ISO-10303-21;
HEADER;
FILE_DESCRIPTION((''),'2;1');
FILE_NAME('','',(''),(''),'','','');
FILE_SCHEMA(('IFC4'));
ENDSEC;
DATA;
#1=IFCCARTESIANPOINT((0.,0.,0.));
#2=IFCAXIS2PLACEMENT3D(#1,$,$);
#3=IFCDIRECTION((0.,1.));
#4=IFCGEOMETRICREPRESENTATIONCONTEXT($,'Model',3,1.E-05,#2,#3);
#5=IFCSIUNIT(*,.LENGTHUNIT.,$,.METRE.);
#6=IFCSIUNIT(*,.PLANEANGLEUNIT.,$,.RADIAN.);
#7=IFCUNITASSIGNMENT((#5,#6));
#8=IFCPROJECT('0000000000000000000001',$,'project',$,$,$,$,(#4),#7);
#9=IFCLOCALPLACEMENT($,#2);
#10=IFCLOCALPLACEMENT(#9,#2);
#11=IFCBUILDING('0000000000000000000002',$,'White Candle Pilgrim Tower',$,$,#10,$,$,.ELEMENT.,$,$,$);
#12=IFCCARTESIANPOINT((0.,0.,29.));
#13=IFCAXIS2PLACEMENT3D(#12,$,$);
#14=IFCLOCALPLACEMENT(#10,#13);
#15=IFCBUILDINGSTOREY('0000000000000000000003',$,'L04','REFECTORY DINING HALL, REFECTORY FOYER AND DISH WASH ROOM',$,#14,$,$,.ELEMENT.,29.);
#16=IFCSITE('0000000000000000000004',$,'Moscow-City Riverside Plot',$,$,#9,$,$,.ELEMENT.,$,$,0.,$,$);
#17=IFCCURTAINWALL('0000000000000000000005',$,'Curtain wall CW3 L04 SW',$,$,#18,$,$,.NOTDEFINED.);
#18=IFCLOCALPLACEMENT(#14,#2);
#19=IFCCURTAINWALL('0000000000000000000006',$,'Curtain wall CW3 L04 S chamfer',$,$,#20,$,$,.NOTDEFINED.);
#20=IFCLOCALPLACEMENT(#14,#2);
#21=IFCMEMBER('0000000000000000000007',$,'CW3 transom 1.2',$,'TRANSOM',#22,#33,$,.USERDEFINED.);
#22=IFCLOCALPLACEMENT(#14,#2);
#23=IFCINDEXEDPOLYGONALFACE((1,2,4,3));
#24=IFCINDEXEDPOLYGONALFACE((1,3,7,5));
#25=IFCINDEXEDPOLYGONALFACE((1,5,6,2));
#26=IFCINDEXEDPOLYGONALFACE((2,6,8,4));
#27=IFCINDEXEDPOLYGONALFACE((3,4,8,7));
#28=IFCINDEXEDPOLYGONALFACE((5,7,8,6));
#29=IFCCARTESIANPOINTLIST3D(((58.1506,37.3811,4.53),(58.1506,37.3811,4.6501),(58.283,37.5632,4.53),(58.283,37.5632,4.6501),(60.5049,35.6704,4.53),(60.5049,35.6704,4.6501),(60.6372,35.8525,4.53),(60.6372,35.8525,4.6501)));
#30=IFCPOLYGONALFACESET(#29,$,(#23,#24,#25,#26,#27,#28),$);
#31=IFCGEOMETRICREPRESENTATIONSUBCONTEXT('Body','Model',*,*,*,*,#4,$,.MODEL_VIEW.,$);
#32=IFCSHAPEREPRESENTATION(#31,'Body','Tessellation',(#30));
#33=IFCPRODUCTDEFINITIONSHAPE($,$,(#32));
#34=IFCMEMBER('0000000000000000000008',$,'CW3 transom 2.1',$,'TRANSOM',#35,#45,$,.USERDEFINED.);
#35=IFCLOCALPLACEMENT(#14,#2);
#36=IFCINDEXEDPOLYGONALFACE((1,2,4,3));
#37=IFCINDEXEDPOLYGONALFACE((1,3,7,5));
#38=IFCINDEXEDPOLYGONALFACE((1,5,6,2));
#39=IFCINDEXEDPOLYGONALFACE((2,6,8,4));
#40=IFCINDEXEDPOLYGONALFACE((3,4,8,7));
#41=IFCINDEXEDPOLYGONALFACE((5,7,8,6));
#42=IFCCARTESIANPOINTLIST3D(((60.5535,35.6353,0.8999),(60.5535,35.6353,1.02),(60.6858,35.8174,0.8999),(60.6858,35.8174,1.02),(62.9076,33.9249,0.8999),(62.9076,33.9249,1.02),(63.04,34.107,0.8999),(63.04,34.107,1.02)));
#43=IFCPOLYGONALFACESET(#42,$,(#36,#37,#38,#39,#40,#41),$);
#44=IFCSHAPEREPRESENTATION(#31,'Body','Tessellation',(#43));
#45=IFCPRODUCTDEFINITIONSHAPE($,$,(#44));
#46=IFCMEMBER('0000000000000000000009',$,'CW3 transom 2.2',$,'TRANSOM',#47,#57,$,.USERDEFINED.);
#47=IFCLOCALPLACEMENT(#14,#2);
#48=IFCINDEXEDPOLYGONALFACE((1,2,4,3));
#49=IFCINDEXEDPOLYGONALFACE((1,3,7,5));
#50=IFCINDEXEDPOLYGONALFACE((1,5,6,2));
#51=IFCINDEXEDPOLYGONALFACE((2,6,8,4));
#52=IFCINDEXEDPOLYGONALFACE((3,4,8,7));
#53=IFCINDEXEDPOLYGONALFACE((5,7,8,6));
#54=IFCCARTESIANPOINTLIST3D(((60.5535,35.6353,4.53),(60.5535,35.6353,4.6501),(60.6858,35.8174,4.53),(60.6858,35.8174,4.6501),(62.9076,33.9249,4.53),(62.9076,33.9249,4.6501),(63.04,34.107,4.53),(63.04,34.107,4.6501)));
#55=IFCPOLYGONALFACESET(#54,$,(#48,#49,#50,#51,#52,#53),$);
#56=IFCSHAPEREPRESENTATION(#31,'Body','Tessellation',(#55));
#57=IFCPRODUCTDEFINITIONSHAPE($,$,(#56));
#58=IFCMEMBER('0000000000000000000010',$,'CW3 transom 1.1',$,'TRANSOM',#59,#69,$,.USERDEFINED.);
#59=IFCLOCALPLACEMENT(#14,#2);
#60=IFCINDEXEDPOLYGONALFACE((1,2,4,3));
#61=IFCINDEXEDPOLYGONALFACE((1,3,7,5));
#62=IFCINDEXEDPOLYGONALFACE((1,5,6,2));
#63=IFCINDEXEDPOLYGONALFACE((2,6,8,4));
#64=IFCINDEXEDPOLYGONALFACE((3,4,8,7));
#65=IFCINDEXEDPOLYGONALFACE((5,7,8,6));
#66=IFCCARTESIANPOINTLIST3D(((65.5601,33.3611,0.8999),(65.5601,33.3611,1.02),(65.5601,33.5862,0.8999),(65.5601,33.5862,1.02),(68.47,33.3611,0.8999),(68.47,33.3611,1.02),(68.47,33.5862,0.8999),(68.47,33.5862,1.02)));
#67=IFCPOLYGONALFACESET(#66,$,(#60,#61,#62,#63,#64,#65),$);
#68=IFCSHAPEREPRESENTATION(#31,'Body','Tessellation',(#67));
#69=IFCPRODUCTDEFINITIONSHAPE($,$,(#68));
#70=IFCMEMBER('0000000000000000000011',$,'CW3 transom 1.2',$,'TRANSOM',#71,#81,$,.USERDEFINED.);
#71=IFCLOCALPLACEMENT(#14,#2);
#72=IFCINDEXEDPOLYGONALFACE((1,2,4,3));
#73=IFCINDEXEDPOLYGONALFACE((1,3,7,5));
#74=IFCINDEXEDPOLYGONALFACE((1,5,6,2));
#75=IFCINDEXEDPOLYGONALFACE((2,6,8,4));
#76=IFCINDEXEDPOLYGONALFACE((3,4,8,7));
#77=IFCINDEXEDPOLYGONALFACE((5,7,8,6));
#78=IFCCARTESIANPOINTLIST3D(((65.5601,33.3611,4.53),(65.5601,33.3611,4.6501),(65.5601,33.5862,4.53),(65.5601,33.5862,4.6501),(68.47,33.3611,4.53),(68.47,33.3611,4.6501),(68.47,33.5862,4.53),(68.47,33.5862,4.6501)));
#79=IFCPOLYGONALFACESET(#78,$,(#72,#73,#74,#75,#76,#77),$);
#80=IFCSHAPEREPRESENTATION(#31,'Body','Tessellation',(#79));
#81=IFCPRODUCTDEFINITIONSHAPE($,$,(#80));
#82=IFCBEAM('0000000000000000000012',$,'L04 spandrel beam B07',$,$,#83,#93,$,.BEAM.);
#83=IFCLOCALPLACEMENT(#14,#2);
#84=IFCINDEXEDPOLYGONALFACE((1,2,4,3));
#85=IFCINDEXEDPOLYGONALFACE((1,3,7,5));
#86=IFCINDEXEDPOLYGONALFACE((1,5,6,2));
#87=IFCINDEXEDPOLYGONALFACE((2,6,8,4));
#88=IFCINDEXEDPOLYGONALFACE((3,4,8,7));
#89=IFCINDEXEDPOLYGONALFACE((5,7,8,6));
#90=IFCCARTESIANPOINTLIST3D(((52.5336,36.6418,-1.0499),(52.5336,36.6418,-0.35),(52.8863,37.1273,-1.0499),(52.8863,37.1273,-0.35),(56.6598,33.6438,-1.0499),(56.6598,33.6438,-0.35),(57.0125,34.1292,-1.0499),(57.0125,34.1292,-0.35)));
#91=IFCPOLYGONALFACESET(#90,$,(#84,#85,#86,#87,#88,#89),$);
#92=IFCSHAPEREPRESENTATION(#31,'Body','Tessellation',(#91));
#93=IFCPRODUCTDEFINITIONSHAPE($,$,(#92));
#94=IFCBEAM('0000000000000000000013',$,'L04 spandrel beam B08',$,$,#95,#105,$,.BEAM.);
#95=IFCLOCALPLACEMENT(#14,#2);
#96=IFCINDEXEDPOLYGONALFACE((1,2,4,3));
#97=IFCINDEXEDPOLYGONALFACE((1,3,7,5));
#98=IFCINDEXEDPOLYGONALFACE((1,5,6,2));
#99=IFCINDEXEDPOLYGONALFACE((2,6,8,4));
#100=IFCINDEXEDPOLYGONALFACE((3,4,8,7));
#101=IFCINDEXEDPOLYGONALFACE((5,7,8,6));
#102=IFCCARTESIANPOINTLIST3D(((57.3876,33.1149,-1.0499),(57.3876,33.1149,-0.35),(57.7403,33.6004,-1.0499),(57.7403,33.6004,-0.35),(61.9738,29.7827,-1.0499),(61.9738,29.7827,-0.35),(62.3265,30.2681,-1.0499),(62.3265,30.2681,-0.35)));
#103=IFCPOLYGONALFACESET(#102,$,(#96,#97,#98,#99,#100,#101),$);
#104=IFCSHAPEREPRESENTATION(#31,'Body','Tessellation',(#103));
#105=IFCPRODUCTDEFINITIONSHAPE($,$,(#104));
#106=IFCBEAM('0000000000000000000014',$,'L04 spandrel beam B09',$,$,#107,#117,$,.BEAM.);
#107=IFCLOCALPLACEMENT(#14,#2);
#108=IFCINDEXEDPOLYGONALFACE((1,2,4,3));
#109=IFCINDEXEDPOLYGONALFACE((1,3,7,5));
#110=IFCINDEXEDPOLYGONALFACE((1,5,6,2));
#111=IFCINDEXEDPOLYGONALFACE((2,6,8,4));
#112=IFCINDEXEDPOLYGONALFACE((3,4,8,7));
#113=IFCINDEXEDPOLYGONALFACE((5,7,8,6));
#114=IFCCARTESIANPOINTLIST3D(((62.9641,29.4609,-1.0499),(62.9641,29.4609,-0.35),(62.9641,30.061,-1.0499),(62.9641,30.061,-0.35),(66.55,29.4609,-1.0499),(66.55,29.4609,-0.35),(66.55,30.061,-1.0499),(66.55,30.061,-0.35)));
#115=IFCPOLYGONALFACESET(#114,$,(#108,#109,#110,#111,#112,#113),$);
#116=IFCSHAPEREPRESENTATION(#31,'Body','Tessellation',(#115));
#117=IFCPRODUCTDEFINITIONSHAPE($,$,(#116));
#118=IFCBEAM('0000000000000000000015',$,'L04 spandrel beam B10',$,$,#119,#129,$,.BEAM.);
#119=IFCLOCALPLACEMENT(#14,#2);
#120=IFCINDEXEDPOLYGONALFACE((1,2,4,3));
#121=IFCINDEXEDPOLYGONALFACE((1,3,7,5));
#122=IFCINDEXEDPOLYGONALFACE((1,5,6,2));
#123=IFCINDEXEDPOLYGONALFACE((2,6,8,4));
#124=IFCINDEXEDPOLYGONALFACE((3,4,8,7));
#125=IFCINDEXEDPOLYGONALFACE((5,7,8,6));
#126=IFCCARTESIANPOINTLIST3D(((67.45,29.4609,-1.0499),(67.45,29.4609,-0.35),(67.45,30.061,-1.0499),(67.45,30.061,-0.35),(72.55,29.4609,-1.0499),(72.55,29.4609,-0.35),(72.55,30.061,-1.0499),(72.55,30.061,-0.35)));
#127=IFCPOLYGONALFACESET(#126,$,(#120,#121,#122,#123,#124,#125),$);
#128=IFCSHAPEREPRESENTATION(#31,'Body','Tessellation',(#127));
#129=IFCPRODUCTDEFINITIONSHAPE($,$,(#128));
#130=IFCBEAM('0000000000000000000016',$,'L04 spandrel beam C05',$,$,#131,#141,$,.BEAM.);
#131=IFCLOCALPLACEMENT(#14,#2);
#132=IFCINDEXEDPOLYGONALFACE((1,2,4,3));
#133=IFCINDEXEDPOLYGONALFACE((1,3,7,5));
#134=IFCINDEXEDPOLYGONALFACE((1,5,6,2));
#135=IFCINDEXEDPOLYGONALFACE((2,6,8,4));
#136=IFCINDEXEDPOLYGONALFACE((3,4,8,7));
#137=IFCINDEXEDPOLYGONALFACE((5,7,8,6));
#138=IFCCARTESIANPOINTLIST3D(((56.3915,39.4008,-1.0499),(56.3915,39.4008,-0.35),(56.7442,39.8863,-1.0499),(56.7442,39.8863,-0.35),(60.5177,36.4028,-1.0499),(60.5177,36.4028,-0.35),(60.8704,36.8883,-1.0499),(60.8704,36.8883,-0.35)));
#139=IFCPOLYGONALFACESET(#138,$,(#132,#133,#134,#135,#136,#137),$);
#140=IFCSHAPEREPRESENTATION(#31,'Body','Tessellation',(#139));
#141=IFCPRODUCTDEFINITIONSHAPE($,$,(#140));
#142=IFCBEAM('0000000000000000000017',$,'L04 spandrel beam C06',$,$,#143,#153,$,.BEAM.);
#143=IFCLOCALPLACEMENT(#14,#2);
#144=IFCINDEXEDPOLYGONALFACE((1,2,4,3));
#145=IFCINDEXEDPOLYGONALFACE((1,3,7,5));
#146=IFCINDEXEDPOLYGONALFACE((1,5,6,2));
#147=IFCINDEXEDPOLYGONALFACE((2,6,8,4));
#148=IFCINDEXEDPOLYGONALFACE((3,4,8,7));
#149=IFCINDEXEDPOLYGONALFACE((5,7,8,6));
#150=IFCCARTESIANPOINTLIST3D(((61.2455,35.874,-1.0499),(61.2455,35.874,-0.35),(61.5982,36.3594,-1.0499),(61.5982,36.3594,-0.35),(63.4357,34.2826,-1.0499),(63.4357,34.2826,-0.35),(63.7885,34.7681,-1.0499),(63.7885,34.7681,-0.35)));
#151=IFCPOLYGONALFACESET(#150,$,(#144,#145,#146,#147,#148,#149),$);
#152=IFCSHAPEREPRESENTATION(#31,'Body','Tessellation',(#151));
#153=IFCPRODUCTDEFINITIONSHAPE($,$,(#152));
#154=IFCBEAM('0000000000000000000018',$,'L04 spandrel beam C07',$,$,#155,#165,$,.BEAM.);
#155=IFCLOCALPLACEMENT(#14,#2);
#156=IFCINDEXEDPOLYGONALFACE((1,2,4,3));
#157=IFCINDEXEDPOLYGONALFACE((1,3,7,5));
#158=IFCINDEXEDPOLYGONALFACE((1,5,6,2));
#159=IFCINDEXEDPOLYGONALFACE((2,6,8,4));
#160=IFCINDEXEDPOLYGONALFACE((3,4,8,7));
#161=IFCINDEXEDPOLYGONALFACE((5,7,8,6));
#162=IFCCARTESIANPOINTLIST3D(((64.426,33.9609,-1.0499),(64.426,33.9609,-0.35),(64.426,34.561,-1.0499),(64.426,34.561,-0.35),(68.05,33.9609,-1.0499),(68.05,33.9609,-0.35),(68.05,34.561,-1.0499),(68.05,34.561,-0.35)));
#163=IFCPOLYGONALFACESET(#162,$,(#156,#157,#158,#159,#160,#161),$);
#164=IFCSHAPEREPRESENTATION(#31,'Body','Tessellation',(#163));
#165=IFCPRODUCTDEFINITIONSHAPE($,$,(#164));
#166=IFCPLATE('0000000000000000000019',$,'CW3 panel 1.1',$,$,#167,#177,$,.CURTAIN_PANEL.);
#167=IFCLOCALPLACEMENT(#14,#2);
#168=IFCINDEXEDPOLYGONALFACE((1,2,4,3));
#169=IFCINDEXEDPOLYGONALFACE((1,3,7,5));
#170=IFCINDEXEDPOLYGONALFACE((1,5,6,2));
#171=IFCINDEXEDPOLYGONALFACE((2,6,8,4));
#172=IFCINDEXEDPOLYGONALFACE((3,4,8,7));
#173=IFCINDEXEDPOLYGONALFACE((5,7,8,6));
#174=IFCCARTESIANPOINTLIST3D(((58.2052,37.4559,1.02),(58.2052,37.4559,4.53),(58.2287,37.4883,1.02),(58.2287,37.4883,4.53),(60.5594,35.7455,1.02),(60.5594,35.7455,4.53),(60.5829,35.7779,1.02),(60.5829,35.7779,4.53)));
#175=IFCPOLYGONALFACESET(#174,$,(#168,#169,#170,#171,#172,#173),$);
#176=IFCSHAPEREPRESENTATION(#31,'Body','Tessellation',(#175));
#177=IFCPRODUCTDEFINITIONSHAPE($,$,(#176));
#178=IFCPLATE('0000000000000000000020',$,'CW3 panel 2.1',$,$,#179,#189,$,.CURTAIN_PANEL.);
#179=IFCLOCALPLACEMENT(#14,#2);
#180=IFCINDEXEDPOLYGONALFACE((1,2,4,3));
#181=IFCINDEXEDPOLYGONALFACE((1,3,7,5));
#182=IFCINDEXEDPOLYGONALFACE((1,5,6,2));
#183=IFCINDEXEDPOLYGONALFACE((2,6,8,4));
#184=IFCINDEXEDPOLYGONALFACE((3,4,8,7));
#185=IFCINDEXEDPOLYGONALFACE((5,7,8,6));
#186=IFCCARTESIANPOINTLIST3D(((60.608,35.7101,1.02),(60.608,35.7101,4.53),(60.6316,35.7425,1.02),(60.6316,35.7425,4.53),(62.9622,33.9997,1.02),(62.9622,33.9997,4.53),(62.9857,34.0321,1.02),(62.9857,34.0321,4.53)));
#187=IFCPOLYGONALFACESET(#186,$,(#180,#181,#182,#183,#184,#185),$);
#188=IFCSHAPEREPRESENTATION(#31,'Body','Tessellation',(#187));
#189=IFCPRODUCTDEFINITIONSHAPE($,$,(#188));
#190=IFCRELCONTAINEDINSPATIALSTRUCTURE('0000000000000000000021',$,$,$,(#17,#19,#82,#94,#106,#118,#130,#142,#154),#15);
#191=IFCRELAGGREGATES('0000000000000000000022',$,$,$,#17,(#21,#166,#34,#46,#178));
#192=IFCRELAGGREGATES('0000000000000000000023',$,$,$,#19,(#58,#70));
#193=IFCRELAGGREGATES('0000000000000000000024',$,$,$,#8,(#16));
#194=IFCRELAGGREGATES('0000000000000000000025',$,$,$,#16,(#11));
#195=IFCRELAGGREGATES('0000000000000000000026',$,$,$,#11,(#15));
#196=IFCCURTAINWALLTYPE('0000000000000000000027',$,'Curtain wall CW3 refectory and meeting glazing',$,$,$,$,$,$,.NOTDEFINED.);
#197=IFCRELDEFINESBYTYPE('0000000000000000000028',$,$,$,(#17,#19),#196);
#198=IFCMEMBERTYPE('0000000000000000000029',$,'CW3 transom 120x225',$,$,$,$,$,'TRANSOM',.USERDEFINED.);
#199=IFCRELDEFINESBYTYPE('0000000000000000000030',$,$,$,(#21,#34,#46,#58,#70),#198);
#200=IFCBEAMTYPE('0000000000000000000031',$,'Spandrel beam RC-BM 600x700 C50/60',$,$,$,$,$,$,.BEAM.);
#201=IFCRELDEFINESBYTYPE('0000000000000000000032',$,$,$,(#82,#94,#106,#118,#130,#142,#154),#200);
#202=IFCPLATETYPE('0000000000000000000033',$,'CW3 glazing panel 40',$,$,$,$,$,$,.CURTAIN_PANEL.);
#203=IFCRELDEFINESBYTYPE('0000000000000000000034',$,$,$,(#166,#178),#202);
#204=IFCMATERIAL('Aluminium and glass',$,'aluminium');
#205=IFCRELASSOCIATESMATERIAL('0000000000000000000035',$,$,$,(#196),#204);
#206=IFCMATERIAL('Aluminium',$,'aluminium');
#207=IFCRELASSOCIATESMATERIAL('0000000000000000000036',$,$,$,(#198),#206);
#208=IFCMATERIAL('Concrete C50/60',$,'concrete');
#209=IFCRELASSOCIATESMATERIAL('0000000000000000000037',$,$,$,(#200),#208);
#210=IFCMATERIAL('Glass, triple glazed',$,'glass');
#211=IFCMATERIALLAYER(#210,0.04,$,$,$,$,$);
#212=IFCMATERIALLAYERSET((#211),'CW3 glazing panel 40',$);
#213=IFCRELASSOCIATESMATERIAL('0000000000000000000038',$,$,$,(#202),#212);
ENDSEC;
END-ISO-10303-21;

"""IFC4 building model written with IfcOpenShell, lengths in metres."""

from ifc_helpers import new_model, si_unit, direction, frame, origin, origin_2d, place, context, subcontext, project, spatial, rectangle, extrude, material, layer, layer_set, material_profile, profile_set, type_object, element, aggregate, save


model = new_model("IFC4")

# Units and contexts
model_context = context("Model", 3, precision=1e-05, world=origin(), true_north=direction((0.0, 1.0)))
body_context = subcontext(model_context, "Body", "Model", "MODEL_VIEW")
ifc_project = project(units=[si_unit("LENGTHUNIT", "METRE"), si_unit("PLANEANGLEUNIT", "RADIAN")], contexts=[model_context])

# Site, building, storey
site_placement = place(None, origin())
site = spatial("IfcSite", under=ifc_project, at=site_placement, Name="Moscow-City Riverside Plot", CompositionType="ELEMENT", RefElevation=0.0)
building_placement = place(site_placement, origin())
building = spatial("IfcBuilding", under=site, at=building_placement, Name="White Candle Pilgrim Tower", CompositionType="ELEMENT")
storey_placement = place(building_placement, frame((0.0, 0.0, 29.0)))
storey = spatial("IfcBuildingStorey", under=building, at=storey_placement, Name="L04", Description="REFECTORY DINING HALL, REFECTORY FOYER AND DISH WASH ROOM", CompositionType="ELEMENT", Elevation=29.0)

# Curtain wall
ifc_material_1 = material(Name="Aluminium and glass", Category="aluminium")
curtain_wall_type = type_object("IfcCurtainWallType", Name="Curtain wall CW3 refectory and meeting glazing", PredefinedType="NOTDEFINED", material=ifc_material_1)
curtain_wall_1_placement = place(storey_placement, origin())
curtain_wall_1 = element("IfcCurtainWall", 1, at=curtain_wall_1_placement, inside=storey, type_object=curtain_wall_type, Name="Curtain wall CW3 L04 SW", PredefinedType="NOTDEFINED")
ifc_material_2 = material(Name="Aluminium", Category="aluminium")

# Curtain wall
curtain_wall_2_placement = place(storey_placement, origin())
curtain_wall_2 = element("IfcCurtainWall", 2, at=curtain_wall_2_placement, inside=storey, type_object=curtain_wall_type, Name="Curtain wall CW3 L04 S chamfer", PredefinedType="NOTDEFINED")

# Members
ifc_material_profile_1 = material_profile(ifc_material_2, rectangle(XDim=0.2251, YDim=0.1201, at=origin_2d()), Name="CW3 transom 120x225")
ifc_profile_set_1 = profile_set([ifc_material_profile_1], Name="Aluminium")
member_type_1 = type_object("IfcMemberType", Name="CW3 transom 120x225", ElementType="TRANSOM", PredefinedType="USERDEFINED", material=ifc_profile_set_1)
member_1_placement = place(storey_placement, frame((58.2168, 37.4722, 4.5901), z_axis=(0.808979, -0.587837, 0.0), x_axis=(0.587837, 0.808979, 0.0)))
member_1 = element("IfcMember", 3, at=member_1_placement, type_object=member_type_1, Name="CW3 transom 1.2", ObjectType="TRANSOM", PredefinedType="USERDEFINED", context=body_context, shape_type="SweptSolid", body=[
    extrude(rectangle(XDim=0.2251, YDim=0.1201, at=origin_2d()), origin(), (0.0, 0.0, 1.0), 2.9102),
])
member_2_placement = place(storey_placement, frame((60.6196, 35.7263, 0.96), z_axis=(0.809019, -0.587783, 0.0), x_axis=(0.587783, 0.809019, 0.0)))
member_2 = element("IfcMember", 4, at=member_2_placement, type_object=member_type_1, Name="CW3 transom 2.1", ObjectType="TRANSOM", PredefinedType="USERDEFINED", context=body_context, shape_type="SweptSolid", body=[
    extrude(rectangle(XDim=0.2251, YDim=0.1201, at=origin_2d()), origin(), (0.0, 0.0, 1.0), 2.9099),
])
member_3_placement = place(storey_placement, frame((60.6196, 35.7263, 4.5901), z_axis=(0.809019, -0.587783, 0.0), x_axis=(0.587783, 0.809019, 0.0)))
member_3 = element("IfcMember", 5, at=member_3_placement, type_object=member_type_1, Name="CW3 transom 2.2", ObjectType="TRANSOM", PredefinedType="USERDEFINED", context=body_context, shape_type="SweptSolid", body=[
    extrude(rectangle(XDim=0.2251, YDim=0.1201, at=origin_2d()), origin(), (0.0, 0.0, 1.0), 2.9099),
])
member_4_placement = place(storey_placement, frame((65.5601, 33.4736, 0.96), z_axis=(1.0, 0.0, 0.0), x_axis=(0.0, 1.0, 0.0)))
member_4 = element("IfcMember", 6, at=member_4_placement, type_object=member_type_1, Name="CW3 transom 1.1", ObjectType="TRANSOM", PredefinedType="USERDEFINED", context=body_context, shape_type="SweptSolid", body=[
    extrude(rectangle(XDim=0.2251, YDim=0.1201, at=origin_2d()), origin(), (0.0, 0.0, 1.0), 2.9099),
])
member_5_placement = place(storey_placement, frame((65.5601, 33.4736, 4.5901), z_axis=(1.0, 0.0, 0.0), x_axis=(0.0, 1.0, 0.0)))
member_5 = element("IfcMember", 7, at=member_5_placement, type_object=member_type_1, Name="CW3 transom 1.2", ObjectType="TRANSOM", PredefinedType="USERDEFINED", context=body_context, shape_type="SweptSolid", body=[
    extrude(rectangle(XDim=0.2251, YDim=0.1201, at=origin_2d()), origin(), (0.0, 0.0, 1.0), 2.9099),
])

# Beams
ifc_material_3 = material(Name="Concrete C50/60", Category="concrete")
ifc_material_profile_2 = material_profile(ifc_material_3, rectangle(XDim=0.6001, YDim=0.7, at=origin_2d()), Name="RC-BM 600x700")
ifc_profile_set_2 = profile_set([ifc_material_profile_2], Name="Concrete C50/60")
beam_type = type_object("IfcBeamType", Name="Spandrel beam RC-BM 600x700 C50/60", PredefinedType="BEAM", material=ifc_profile_set_2)
beam_1_placement = place(storey_placement, frame((52.71, 36.8845, -0.7), z_axis=(0.809001, -0.587807, 0.0), x_axis=(0.587807, 0.809001, 0.0)))
element("IfcBeam", 8, at=beam_1_placement, inside=storey, type_object=beam_type, Name="L04 spandrel beam B07", PredefinedType="BEAM", context=body_context, shape_type="SweptSolid", body=[
    extrude(rectangle(XDim=0.6001, YDim=0.7, at=origin_2d()), origin(), (0.0, 0.0, 1.0), 5.1003),
])
beam_2_placement = place(storey_placement, frame((57.564, 33.3577, -0.7), z_axis=(0.808999, -0.587811, 0.0), x_axis=(0.587811, 0.808999, 0.0)))
element("IfcBeam", 9, at=beam_2_placement, inside=storey, type_object=beam_type, Name="L04 spandrel beam B08", PredefinedType="BEAM", context=body_context, shape_type="SweptSolid", body=[
    extrude(rectangle(XDim=0.6001, YDim=0.7, at=origin_2d()), origin(), (0.0, 0.0, 1.0), 5.6689),
])
beam_3_placement = place(storey_placement, frame((62.9641, 29.761, -0.7), z_axis=(1.0, 0.0, 0.0), x_axis=(0.0, 1.0, 0.0)))
element("IfcBeam", 10, at=beam_3_placement, inside=storey, type_object=beam_type, Name="L04 spandrel beam B09", PredefinedType="BEAM", context=body_context, shape_type="SweptSolid", body=[
    extrude(rectangle(XDim=0.6001, YDim=0.7, at=origin_2d()), origin(), (0.0, 0.0, 1.0), 3.5859),
])
beam_4_placement = place(storey_placement, frame((67.45, 29.761, -0.7), z_axis=(1.0, 0.0, 0.0), x_axis=(0.0, 1.0, 0.0)))
element("IfcBeam", 11, at=beam_4_placement, inside=storey, type_object=beam_type, Name="L04 spandrel beam B10", PredefinedType="BEAM", context=body_context, shape_type="SweptSolid", body=[
    extrude(rectangle(XDim=0.6001, YDim=0.7, at=origin_2d()), origin(), (0.0, 0.0, 1.0), 5.1001),
])
beam_5_placement = place(storey_placement, frame((56.5679, 39.6436, -0.7), z_axis=(0.809001, -0.587807, 0.0), x_axis=(0.587807, 0.809001, 0.0)))
element("IfcBeam", 12, at=beam_5_placement, inside=storey, type_object=beam_type, Name="L04 spandrel beam C05", PredefinedType="BEAM", context=body_context, shape_type="SweptSolid", body=[
    extrude(rectangle(XDim=0.6001, YDim=0.7, at=origin_2d()), origin(), (0.0, 0.0, 1.0), 5.1003),
])
beam_6_placement = place(storey_placement, frame((61.4219, 36.1167, -0.7), z_axis=(0.809009, -0.587796, 0.0), x_axis=(0.587796, 0.809009, 0.0)))
element("IfcBeam", 13, at=beam_6_placement, inside=storey, type_object=beam_type, Name="L04 spandrel beam C06", PredefinedType="BEAM", context=body_context, shape_type="SweptSolid", body=[
    extrude(rectangle(XDim=0.6001, YDim=0.7, at=origin_2d()), origin(), (0.0, 0.0, 1.0), 2.7073),
])
beam_7_placement = place(storey_placement, frame((64.426, 34.261, -0.7), z_axis=(1.0, 0.0, 0.0), x_axis=(0.0, 1.0, 0.0)))
element("IfcBeam", 14, at=beam_7_placement, inside=storey, type_object=beam_type, Name="L04 spandrel beam C07", PredefinedType="BEAM", context=body_context, shape_type="SweptSolid", body=[
    extrude(rectangle(XDim=0.6001, YDim=0.7, at=origin_2d()), origin(), (0.0, 0.0, 1.0), 3.624),
])

# Plates
ifc_material_4 = material(Name="Glass, triple glazed", Category="glass")
ifc_layer_1 = layer(ifc_material_4, 0.04)
ifc_layer_set_1 = layer_set([ifc_layer_1], Name="CW3 glazing panel 40")
plate_type = type_object("IfcPlateType", Name="CW3 glazing panel 40", PredefinedType="CURTAIN_PANEL", material=ifc_layer_set_1)
plate_1_placement = place(storey_placement, frame((59.394, 36.6169, 1.02), z_axis=(0.0, 0.0, 1.0), x_axis=(0.809017, -0.587785, 0.0)))
plate_1 = element("IfcPlate", 15, at=plate_1_placement, type_object=plate_type, Name="CW3 panel 1.1", PredefinedType="CURTAIN_PANEL", context=body_context, shape_type="SweptSolid", body=[
    extrude(rectangle(XDim=2.9099, YDim=0.04, at=origin_2d()), origin(), (0.0, 0.0, 1.0), 3.51),
])
plate_2_placement = place(storey_placement, frame((61.7969, 34.8711, 1.02), z_axis=(0.0, 0.0, 1.0), x_axis=(0.809017, -0.587785, 0.0)))
plate_2 = element("IfcPlate", 16, at=plate_2_placement, type_object=plate_type, Name="CW3 panel 2.1", PredefinedType="CURTAIN_PANEL", context=body_context, shape_type="SweptSolid", body=[
    extrude(rectangle(XDim=2.9099, YDim=0.04, at=origin_2d()), origin(), (0.0, 0.0, 1.0), 3.51),
])
aggregate(curtain_wall_1, [member_1, plate_1, member_2, member_3, plate_2])
aggregate(curtain_wall_2, [member_4, member_5])

save(model, "model.ifc")
